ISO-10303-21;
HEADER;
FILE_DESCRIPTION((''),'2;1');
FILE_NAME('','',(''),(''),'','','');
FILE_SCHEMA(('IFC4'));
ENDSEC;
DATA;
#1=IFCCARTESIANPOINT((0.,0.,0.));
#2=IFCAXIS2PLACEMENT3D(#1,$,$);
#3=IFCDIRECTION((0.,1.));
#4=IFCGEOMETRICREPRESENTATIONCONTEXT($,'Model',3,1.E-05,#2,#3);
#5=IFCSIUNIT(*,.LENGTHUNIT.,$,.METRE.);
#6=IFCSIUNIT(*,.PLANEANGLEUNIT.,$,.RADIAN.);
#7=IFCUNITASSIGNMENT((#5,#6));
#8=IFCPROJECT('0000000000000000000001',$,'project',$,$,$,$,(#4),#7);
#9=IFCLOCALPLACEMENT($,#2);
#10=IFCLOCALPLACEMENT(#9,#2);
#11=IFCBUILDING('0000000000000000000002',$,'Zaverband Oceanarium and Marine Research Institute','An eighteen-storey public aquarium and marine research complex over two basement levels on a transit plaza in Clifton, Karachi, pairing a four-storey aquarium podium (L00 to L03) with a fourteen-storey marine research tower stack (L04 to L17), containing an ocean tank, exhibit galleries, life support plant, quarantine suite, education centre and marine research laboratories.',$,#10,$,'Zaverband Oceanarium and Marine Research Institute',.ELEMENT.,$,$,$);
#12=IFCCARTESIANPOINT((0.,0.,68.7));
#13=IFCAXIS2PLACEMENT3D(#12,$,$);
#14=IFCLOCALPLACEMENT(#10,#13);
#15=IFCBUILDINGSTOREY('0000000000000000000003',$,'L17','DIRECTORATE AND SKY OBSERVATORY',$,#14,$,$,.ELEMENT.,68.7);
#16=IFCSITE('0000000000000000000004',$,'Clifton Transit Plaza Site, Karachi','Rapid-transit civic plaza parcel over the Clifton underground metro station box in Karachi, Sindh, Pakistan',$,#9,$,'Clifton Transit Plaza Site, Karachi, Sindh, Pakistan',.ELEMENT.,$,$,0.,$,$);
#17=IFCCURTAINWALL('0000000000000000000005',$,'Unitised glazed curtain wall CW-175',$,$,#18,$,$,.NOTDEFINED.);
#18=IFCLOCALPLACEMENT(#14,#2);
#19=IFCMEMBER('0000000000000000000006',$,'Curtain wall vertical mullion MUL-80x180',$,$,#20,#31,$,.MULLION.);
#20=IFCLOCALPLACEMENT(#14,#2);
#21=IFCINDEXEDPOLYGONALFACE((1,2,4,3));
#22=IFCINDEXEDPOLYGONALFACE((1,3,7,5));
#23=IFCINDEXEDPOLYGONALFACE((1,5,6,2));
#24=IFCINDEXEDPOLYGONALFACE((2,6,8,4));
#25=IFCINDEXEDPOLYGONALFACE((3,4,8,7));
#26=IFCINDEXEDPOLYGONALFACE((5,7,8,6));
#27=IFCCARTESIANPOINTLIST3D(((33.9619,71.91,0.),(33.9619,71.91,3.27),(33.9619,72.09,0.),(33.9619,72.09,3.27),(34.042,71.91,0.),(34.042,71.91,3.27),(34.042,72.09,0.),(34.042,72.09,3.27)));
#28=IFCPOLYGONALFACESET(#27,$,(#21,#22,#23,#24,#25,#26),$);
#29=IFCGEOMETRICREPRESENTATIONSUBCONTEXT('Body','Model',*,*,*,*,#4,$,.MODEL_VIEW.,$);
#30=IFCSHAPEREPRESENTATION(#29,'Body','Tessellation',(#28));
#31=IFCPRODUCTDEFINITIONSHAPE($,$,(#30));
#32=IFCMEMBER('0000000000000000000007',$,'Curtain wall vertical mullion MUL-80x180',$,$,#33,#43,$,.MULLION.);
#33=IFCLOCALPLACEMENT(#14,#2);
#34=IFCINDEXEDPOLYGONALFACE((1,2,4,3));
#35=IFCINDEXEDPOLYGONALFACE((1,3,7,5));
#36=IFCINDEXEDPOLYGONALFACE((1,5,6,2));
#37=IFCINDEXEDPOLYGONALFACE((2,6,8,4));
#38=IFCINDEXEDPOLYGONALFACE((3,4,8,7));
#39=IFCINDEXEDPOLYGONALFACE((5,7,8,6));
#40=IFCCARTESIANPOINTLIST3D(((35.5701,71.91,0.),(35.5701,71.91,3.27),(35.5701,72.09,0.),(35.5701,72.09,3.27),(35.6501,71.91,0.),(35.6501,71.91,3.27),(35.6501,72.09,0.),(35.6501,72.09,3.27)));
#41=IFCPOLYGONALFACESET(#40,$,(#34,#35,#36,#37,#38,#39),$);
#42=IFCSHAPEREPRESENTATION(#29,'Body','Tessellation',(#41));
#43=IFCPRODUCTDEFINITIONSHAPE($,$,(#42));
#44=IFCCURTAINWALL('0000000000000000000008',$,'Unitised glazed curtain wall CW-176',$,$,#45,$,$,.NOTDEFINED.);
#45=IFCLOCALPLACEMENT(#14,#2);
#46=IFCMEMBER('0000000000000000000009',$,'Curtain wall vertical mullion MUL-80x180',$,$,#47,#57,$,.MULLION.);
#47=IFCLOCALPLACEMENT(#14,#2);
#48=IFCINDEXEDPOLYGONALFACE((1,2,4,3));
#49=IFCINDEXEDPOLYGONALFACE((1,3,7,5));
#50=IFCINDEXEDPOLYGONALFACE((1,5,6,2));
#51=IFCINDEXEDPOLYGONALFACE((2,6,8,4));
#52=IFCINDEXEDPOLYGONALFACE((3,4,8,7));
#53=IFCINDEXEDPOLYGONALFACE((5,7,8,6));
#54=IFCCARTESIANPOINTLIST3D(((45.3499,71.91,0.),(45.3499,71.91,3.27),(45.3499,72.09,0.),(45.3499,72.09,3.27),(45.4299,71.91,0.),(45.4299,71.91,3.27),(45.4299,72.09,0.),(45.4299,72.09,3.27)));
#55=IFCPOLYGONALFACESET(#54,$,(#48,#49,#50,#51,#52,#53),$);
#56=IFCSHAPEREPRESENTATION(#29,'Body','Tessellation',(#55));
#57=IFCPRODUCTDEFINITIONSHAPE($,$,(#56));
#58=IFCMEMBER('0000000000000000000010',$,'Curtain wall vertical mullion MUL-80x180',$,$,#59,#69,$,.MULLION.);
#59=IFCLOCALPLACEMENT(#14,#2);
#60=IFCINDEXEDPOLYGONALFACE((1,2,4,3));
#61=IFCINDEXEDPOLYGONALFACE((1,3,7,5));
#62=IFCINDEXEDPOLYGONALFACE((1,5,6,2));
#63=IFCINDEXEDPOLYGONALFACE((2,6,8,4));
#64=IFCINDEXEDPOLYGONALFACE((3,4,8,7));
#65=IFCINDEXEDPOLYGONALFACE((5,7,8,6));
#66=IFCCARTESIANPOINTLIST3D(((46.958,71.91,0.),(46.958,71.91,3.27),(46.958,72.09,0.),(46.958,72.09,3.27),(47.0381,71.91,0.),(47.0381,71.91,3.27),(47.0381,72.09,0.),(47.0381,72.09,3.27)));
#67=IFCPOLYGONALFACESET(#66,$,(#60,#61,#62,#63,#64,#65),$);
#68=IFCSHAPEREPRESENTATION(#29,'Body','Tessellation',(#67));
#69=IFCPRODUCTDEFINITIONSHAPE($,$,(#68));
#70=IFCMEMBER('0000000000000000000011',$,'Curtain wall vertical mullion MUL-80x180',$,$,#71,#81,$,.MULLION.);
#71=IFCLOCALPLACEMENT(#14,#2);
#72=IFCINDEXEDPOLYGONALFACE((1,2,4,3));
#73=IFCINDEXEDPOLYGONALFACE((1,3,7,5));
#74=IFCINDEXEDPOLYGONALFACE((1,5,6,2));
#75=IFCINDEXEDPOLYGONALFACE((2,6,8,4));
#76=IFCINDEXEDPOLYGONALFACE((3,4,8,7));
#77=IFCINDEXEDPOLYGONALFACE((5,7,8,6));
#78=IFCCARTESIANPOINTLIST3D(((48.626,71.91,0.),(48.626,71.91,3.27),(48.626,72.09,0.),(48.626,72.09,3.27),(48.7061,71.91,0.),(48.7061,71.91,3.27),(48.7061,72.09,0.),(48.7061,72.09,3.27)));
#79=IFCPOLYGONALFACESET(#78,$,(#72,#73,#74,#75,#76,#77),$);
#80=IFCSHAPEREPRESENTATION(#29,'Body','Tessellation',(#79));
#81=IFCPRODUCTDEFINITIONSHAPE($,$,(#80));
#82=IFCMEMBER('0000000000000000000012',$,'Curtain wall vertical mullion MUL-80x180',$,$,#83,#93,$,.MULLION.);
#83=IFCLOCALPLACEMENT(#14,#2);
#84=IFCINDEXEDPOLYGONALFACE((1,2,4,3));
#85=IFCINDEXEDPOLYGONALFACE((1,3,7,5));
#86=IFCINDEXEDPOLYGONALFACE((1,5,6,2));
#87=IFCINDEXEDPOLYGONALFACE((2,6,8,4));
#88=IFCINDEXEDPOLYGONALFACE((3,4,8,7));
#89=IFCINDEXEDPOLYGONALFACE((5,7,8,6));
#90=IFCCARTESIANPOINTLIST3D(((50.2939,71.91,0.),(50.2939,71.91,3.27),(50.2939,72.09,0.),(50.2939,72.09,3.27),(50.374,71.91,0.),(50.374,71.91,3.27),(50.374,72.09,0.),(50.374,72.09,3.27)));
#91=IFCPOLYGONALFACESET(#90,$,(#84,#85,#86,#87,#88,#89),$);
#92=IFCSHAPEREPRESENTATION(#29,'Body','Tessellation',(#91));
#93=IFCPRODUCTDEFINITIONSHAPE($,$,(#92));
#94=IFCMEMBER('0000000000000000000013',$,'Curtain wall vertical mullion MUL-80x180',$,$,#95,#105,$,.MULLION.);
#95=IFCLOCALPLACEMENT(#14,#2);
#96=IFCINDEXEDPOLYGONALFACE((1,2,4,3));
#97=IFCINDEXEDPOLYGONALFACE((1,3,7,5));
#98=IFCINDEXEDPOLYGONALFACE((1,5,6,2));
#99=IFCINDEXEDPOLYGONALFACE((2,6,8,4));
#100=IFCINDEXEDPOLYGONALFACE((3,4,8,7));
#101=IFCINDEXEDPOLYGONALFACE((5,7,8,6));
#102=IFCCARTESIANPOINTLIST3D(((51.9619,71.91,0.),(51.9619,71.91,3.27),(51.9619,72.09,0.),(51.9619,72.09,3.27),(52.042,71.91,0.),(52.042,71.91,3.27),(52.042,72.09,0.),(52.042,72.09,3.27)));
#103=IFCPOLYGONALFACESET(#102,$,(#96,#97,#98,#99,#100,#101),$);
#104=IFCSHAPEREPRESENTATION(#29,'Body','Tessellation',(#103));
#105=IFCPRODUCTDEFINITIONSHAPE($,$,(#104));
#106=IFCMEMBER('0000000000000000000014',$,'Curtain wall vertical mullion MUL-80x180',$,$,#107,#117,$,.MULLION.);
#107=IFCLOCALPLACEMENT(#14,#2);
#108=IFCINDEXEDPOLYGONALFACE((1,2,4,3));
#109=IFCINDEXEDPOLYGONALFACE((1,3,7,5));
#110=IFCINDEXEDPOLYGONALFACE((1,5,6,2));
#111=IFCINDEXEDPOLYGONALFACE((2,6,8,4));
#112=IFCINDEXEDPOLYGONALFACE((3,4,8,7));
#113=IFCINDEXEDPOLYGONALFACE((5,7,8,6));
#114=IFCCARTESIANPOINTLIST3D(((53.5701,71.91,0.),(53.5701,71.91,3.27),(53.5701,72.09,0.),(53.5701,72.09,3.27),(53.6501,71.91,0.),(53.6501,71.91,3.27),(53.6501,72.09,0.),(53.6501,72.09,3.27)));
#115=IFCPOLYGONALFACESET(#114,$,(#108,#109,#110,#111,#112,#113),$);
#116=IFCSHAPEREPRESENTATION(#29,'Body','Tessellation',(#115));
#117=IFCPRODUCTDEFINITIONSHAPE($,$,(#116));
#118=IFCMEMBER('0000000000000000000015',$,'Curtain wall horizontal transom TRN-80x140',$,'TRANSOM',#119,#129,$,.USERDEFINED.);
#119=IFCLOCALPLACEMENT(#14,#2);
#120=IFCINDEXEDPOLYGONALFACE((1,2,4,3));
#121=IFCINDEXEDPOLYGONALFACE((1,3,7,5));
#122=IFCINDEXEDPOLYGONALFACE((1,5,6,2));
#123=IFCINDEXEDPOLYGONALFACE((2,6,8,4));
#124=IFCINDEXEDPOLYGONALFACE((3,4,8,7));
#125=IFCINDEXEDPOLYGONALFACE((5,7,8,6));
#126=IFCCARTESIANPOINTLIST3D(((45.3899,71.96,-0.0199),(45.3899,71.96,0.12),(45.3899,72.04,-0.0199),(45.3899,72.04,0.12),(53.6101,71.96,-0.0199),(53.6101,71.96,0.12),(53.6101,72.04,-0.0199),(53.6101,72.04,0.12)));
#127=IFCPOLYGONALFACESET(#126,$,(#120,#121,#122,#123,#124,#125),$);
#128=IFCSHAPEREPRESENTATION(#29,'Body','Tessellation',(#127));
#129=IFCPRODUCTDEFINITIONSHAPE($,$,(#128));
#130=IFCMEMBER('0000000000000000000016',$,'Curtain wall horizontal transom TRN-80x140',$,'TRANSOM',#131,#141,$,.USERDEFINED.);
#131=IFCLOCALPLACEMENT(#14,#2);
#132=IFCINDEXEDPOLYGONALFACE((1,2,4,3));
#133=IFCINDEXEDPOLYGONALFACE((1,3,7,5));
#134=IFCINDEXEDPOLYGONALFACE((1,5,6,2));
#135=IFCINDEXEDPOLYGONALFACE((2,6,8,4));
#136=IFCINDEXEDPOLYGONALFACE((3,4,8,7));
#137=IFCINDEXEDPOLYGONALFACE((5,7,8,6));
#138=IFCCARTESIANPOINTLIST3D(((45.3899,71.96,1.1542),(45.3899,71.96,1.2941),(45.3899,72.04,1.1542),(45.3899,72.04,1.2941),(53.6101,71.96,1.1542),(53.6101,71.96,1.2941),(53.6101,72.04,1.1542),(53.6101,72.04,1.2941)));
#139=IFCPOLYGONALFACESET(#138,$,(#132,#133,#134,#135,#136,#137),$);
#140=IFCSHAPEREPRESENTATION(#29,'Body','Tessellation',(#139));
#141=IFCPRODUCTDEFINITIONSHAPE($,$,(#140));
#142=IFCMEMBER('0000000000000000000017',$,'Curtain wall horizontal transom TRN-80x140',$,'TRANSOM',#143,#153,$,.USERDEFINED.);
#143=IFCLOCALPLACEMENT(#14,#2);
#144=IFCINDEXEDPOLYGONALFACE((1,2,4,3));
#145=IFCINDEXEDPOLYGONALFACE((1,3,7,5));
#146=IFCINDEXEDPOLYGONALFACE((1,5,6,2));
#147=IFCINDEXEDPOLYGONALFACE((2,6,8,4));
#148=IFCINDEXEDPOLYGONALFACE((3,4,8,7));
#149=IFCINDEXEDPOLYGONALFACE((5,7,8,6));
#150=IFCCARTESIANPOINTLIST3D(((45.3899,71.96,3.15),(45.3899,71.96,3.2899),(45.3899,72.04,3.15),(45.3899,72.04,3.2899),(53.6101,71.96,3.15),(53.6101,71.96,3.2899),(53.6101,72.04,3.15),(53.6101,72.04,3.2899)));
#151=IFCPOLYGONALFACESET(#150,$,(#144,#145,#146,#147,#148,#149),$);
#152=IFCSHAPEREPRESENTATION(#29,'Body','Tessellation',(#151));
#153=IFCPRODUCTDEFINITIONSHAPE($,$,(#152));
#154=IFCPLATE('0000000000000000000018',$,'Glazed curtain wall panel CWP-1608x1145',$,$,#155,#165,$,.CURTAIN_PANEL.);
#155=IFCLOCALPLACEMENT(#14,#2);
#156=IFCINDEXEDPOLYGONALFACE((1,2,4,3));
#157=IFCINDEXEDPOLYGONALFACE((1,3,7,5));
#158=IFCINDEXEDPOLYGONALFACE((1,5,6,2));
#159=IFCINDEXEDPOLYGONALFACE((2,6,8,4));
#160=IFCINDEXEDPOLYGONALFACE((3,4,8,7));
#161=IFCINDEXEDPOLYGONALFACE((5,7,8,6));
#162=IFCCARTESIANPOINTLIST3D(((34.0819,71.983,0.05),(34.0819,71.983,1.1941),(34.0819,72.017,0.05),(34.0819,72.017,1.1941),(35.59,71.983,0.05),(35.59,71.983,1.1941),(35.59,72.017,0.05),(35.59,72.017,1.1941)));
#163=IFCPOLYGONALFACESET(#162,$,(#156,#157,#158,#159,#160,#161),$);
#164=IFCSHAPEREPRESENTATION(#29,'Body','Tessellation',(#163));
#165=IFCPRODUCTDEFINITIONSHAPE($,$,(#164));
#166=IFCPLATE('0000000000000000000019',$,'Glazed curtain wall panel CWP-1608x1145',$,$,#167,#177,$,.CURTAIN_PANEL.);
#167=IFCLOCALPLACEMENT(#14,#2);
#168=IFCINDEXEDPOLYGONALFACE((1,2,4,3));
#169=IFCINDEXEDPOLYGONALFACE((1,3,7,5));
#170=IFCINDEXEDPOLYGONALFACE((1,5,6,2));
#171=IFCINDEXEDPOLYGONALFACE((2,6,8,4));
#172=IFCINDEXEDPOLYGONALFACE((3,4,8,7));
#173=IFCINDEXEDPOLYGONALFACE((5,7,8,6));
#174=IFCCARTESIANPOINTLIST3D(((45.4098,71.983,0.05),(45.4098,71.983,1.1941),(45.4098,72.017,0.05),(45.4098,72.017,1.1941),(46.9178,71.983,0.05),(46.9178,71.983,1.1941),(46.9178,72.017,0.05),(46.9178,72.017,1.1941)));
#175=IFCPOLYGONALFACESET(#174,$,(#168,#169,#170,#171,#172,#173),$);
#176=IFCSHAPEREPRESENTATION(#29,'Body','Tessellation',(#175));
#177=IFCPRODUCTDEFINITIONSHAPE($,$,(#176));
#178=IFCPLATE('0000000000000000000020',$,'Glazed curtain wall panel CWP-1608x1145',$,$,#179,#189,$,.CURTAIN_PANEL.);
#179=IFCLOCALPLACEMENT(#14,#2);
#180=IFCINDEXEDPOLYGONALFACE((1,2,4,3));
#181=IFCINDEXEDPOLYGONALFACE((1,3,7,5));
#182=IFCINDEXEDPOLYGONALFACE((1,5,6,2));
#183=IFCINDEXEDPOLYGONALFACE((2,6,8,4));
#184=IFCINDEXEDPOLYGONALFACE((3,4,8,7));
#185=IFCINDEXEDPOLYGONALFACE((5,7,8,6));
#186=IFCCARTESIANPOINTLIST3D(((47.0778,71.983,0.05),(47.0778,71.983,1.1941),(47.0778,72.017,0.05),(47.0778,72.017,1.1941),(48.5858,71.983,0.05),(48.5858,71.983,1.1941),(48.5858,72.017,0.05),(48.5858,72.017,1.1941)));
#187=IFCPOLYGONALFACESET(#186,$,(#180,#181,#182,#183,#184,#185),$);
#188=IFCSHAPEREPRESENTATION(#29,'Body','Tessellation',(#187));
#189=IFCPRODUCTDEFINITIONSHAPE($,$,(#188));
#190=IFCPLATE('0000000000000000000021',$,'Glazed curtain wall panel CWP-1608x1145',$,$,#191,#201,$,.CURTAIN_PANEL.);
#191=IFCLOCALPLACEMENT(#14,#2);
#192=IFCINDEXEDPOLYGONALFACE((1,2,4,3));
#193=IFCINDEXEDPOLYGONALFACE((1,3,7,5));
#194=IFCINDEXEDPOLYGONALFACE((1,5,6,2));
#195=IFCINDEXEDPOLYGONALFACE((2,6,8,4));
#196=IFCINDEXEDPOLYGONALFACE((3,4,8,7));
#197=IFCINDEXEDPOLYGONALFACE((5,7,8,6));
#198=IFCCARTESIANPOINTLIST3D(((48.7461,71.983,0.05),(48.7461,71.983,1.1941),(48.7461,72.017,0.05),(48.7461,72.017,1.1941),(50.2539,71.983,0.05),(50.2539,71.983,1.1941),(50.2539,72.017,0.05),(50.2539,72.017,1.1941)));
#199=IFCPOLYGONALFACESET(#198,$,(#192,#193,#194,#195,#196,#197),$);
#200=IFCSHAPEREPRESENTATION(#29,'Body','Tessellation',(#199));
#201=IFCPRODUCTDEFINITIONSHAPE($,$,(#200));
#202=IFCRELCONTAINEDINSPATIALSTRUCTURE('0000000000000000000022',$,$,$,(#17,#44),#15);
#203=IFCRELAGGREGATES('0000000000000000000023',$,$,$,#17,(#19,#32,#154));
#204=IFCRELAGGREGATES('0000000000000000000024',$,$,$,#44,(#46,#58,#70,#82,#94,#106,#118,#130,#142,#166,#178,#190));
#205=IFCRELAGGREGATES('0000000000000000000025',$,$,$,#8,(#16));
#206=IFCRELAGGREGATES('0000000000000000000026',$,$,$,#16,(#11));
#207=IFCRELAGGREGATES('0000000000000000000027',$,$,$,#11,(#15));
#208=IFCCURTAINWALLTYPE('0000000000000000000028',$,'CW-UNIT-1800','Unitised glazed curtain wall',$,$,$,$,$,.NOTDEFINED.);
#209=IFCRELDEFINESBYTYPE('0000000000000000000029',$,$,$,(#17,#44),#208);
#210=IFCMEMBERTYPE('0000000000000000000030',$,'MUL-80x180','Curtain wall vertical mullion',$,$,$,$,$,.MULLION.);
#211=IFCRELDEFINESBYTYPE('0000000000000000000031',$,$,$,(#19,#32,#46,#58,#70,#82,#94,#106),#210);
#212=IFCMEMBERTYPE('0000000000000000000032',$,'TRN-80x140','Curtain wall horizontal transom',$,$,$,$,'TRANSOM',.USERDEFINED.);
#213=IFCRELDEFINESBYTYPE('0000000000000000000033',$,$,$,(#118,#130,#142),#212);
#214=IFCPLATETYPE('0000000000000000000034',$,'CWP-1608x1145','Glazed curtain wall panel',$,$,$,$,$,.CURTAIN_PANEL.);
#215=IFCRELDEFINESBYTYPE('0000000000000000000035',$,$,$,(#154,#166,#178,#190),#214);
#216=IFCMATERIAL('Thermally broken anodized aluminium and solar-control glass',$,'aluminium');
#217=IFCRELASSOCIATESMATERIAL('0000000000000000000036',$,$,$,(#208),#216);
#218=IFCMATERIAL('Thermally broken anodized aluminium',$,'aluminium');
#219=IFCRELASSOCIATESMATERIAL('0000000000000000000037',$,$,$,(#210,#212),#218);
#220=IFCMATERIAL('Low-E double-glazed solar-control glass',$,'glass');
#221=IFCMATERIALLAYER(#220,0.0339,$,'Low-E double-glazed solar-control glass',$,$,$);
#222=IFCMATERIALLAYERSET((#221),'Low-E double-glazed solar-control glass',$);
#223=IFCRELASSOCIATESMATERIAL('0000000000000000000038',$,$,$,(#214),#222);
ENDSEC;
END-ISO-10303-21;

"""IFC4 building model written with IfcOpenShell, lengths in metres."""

from ifc_helpers import new_model, si_unit, direction, frame, frame_2d, origin, origin_2d, place, context, subcontext, project, spatial, rectangle, extrude, material, layer, layer_set, material_profile, profile_set, type_object, element, aggregate, save


model = new_model("IFC4")

# Units and contexts
model_context = context("Model", 3, precision=1e-05, world=origin(), true_north=direction((0.0, 1.0)))
body_context = subcontext(model_context, "Body", "Model", "MODEL_VIEW")
ifc_project = project(units=[si_unit("LENGTHUNIT", "METRE"), si_unit("PLANEANGLEUNIT", "RADIAN")], contexts=[model_context])

# Site, building, storey
site_placement = place(None, origin())
site = spatial("IfcSite", under=ifc_project, at=site_placement, Name="Clifton Transit Plaza Site, Karachi", Description="Rapid-transit civic plaza parcel over the Clifton underground metro station box in Karachi, Sindh, Pakistan", LongName="Clifton Transit Plaza Site, Karachi, Sindh, Pakistan", CompositionType="ELEMENT", RefElevation=0.0)
building_placement = place(site_placement, origin())
building = spatial("IfcBuilding", under=site, at=building_placement, Name="Zaverband Oceanarium and Marine Research Institute", Description="An eighteen-storey public aquarium and marine research complex over two basement levels on a transit plaza in Clifton, Karachi, pairing a four-storey aquarium podium (L00 to L03) with a fourteen-storey marine research tower stack (L04 to L17), containing an ocean tank, exhibit galleries, life support plant, quarantine suite, education centre and marine research laboratories.", LongName="Zaverband Oceanarium and Marine Research Institute", CompositionType="ELEMENT")
storey_placement = place(building_placement, frame((0.0, 0.0, 68.7)))
storey = spatial("IfcBuildingStorey", under=building, at=storey_placement, Name="L17", Description="DIRECTORATE AND SKY OBSERVATORY", CompositionType="ELEMENT", Elevation=68.7)

# Curtain walls, members
ifc_material_1 = material(Name="Thermally broken anodized aluminium and solar-control glass", Category="aluminium")
curtain_wall_type = type_object("IfcCurtainWallType", Name="CW-UNIT-1800", Description="Unitised glazed curtain wall", PredefinedType="NOTDEFINED", material=ifc_material_1)
curtain_wall_1_placement = place(storey_placement, origin())
curtain_wall_1 = element("IfcCurtainWall", 1, at=curtain_wall_1_placement, inside=storey, type_object=curtain_wall_type, Name="Unitised glazed curtain wall CW-175", PredefinedType="NOTDEFINED")
ifc_material_2 = material(Name="Thermally broken anodized aluminium", Category="aluminium")
ifc_material_profile_1 = material_profile(ifc_material_2, rectangle(XDim=0.0801, YDim=0.1799, at=origin_2d()), Name="AL-MUL-80x180")
ifc_profile_set_1 = profile_set([ifc_material_profile_1], Name="Thermally broken anodized aluminium")
member_type_1 = type_object("IfcMemberType", Name="MUL-80x180", Description="Curtain wall vertical mullion", PredefinedType="MULLION", material=ifc_profile_set_1)
member_1_placement = place(storey_placement, frame((34.002, 72.0, 0.0), z_axis=(0.0, 0.0, 1.0), x_axis=(1.0, 0.0, 0.0)))
member_1 = element("IfcMember", 2, at=member_1_placement, type_object=member_type_1, Name="Curtain wall vertical mullion MUL-80x180", PredefinedType="MULLION", context=body_context, shape_type="SweptSolid", body=[
    extrude(rectangle(XDim=0.0801, YDim=0.1799, at=origin_2d()), origin(), (0.0, 0.0, 1.0), 3.27),
])
member_2_placement = place(storey_placement, frame((35.6101, 72.0, 0.0), z_axis=(0.0, 0.0, 1.0), x_axis=(1.0, 0.0, 0.0)))
member_2 = element("IfcMember", 3, at=member_2_placement, type_object=member_type_1, Name="Curtain wall vertical mullion MUL-80x180", PredefinedType="MULLION", context=body_context, shape_type="SweptSolid", body=[
    extrude(rectangle(XDim=0.0801, YDim=0.1799, at=origin_2d()), origin(), (0.0, 0.0, 1.0), 3.27),
])
curtain_wall_2_placement = place(storey_placement, origin())
curtain_wall_2 = element("IfcCurtainWall", 4, at=curtain_wall_2_placement, inside=storey, type_object=curtain_wall_type, Name="Unitised glazed curtain wall CW-176", PredefinedType="NOTDEFINED")
member_3_placement = place(storey_placement, frame((45.3899, 72.0, 0.0), z_axis=(0.0, 0.0, 1.0), x_axis=(1.0, 0.0, 0.0)))
member_3 = element("IfcMember", 5, at=member_3_placement, type_object=member_type_1, Name="Curtain wall vertical mullion MUL-80x180", PredefinedType="MULLION", context=body_context, shape_type="SweptSolid", body=[
    extrude(rectangle(XDim=0.0801, YDim=0.1799, at=origin_2d()), origin(), (0.0, 0.0, 1.0), 3.27),
])
member_4_placement = place(storey_placement, frame((46.998, 72.0, 0.0), z_axis=(0.0, 0.0, 1.0), x_axis=(1.0, 0.0, 0.0)))
member_4 = element("IfcMember", 6, at=member_4_placement, type_object=member_type_1, Name="Curtain wall vertical mullion MUL-80x180", PredefinedType="MULLION", context=body_context, shape_type="SweptSolid", body=[
    extrude(rectangle(XDim=0.0801, YDim=0.1799, at=origin_2d()), origin(), (0.0, 0.0, 1.0), 3.27),
])
member_5_placement = place(storey_placement, frame((48.666, 72.0, 0.0), z_axis=(0.0, 0.0, 1.0), x_axis=(1.0, 0.0, 0.0)))
member_5 = element("IfcMember", 7, at=member_5_placement, type_object=member_type_1, Name="Curtain wall vertical mullion MUL-80x180", PredefinedType="MULLION", context=body_context, shape_type="SweptSolid", body=[
    extrude(rectangle(XDim=0.0801, YDim=0.1799, at=origin_2d()), origin(), (0.0, 0.0, 1.0), 3.27),
])
member_6_placement = place(storey_placement, frame((50.334, 72.0, 0.0), z_axis=(0.0, 0.0, 1.0), x_axis=(1.0, 0.0, 0.0)))
member_6 = element("IfcMember", 8, at=member_6_placement, type_object=member_type_1, Name="Curtain wall vertical mullion MUL-80x180", PredefinedType="MULLION", context=body_context, shape_type="SweptSolid", body=[
    extrude(rectangle(XDim=0.0801, YDim=0.1799, at=origin_2d()), origin(), (0.0, 0.0, 1.0), 3.27),
])
member_7_placement = place(storey_placement, frame((52.002, 72.0, 0.0), z_axis=(0.0, 0.0, 1.0), x_axis=(1.0, 0.0, 0.0)))
member_7 = element("IfcMember", 9, at=member_7_placement, type_object=member_type_1, Name="Curtain wall vertical mullion MUL-80x180", PredefinedType="MULLION", context=body_context, shape_type="SweptSolid", body=[
    extrude(rectangle(XDim=0.0801, YDim=0.1799, at=origin_2d()), origin(), (0.0, 0.0, 1.0), 3.27),
])
member_8_placement = place(storey_placement, frame((53.6101, 72.0, 0.0), z_axis=(0.0, 0.0, 1.0), x_axis=(1.0, 0.0, 0.0)))
member_8 = element("IfcMember", 10, at=member_8_placement, type_object=member_type_1, Name="Curtain wall vertical mullion MUL-80x180", PredefinedType="MULLION", context=body_context, shape_type="SweptSolid", body=[
    extrude(rectangle(XDim=0.0801, YDim=0.1799, at=origin_2d()), origin(), (0.0, 0.0, 1.0), 3.27),
])
ifc_material_profile_2 = material_profile(ifc_material_2, rectangle(XDim=0.0801, YDim=0.1399, at=origin_2d()), Name="AL-TRN-80x140")
ifc_profile_set_2 = profile_set([ifc_material_profile_2], Name="Thermally broken anodized aluminium")
member_type_2 = type_object("IfcMemberType", Name="TRN-80x140", Description="Curtain wall horizontal transom", ElementType="TRANSOM", PredefinedType="USERDEFINED", material=ifc_profile_set_2)
member_9_placement = place(storey_placement, frame((45.3899, 72.0, 0.05), z_axis=(1.0, 0.0, 0.0), x_axis=(0.0, 1.0, 0.0)))
member_9 = element("IfcMember", 11, at=member_9_placement, type_object=member_type_2, Name="Curtain wall horizontal transom TRN-80x140", ObjectType="TRANSOM", PredefinedType="USERDEFINED", context=body_context, shape_type="SweptSolid", body=[
    extrude(rectangle(XDim=0.0801, YDim=0.1399, at=origin_2d()), origin(), (0.0, 0.0, 1.0), 8.2202),
])
member_10_placement = place(storey_placement, frame((45.3899, 72.0, 1.2241), z_axis=(1.0, 0.0, 0.0), x_axis=(0.0, 1.0, 0.0)))
member_10 = element("IfcMember", 12, at=member_10_placement, type_object=member_type_2, Name="Curtain wall horizontal transom TRN-80x140", ObjectType="TRANSOM", PredefinedType="USERDEFINED", context=body_context, shape_type="SweptSolid", body=[
    extrude(rectangle(XDim=0.0801, YDim=0.1399, at=origin_2d()), origin(), (0.0, 0.0, 1.0), 8.2202),
])
member_11_placement = place(storey_placement, frame((45.3899, 72.0, 3.22), z_axis=(1.0, 0.0, 0.0), x_axis=(0.0, 1.0, 0.0)))
member_11 = element("IfcMember", 13, at=member_11_placement, type_object=member_type_2, Name="Curtain wall horizontal transom TRN-80x140", ObjectType="TRANSOM", PredefinedType="USERDEFINED", context=body_context, shape_type="SweptSolid", body=[
    extrude(rectangle(XDim=0.0801, YDim=0.1399, at=origin_2d()), origin(), (0.0, 0.0, 1.0), 8.2202),
])

# Plates
ifc_material_3 = material(Name="Low-E double-glazed solar-control glass", Category="glass")
ifc_layer_1 = layer(ifc_material_3, 0.0339, Name="Low-E double-glazed solar-control glass")
ifc_layer_set_1 = layer_set([ifc_layer_1], Name="Low-E double-glazed solar-control glass")
plate_type_1 = type_object("IfcPlateType", Name="CWP-1608x1145", Description="Glazed curtain wall panel", PredefinedType="CURTAIN_PANEL", material=ifc_layer_set_1)
plate_1_placement = place(storey_placement, frame((34.082, 72.0, 0.05), z_axis=(0.0, 0.0, 1.0), x_axis=(1.0, 0.0, 0.0)))
plate_1 = element("IfcPlate", 14, at=plate_1_placement, type_object=plate_type_1, Name="Glazed curtain wall panel CWP-1608x1145", PredefinedType="CURTAIN_PANEL", context=body_context, shape_type="SweptSolid", body=[
    extrude(rectangle(XDim=1.5081, YDim=0.0339, at=frame_2d((0.7539, 0.0))), origin(), (0.0, 0.0, 1.0), 1.144),
])
plate_2_placement = place(storey_placement, frame((45.4099, 72.0, 0.05), z_axis=(0.0, 0.0, 1.0), x_axis=(1.0, 0.0, 0.0)))
plate_2 = element("IfcPlate", 15, at=plate_2_placement, type_object=plate_type_1, Name="Glazed curtain wall panel CWP-1608x1145", PredefinedType="CURTAIN_PANEL", context=body_context, shape_type="SweptSolid", body=[
    extrude(rectangle(XDim=1.5081, YDim=0.0339, at=frame_2d((0.7539, 0.0))), origin(), (0.0, 0.0, 1.0), 1.144),
])
plate_3_placement = place(storey_placement, frame((47.0779, 72.0, 0.05), z_axis=(0.0, 0.0, 1.0), x_axis=(1.0, 0.0, 0.0)))
plate_3 = element("IfcPlate", 16, at=plate_3_placement, type_object=plate_type_1, Name="Glazed curtain wall panel CWP-1608x1145", PredefinedType="CURTAIN_PANEL", context=body_context, shape_type="SweptSolid", body=[
    extrude(rectangle(XDim=1.5081, YDim=0.0339, at=frame_2d((0.7539, 0.0))), origin(), (0.0, 0.0, 1.0), 1.144),
])
plate_4_placement = place(storey_placement, frame((48.7461, 72.0, 0.05), z_axis=(0.0, 0.0, 1.0), x_axis=(1.0, 0.0, 0.0)))
plate_4 = element("IfcPlate", 17, at=plate_4_placement, type_object=plate_type_1, Name="Glazed curtain wall panel CWP-1608x1145", PredefinedType="CURTAIN_PANEL", context=body_context, shape_type="SweptSolid", body=[
    extrude(rectangle(XDim=1.5078, YDim=0.0339, at=frame_2d((0.7539, 0.0))), origin(), (0.0, 0.0, 1.0), 1.144),
])
aggregate(curtain_wall_1, [member_1, member_2, plate_1])
aggregate(curtain_wall_2, [member_3, member_4, member_5, member_6, member_7, member_8, member_9, member_10, member_11, plate_2, plate_3, plate_4])

save(model, "model.ifc")
